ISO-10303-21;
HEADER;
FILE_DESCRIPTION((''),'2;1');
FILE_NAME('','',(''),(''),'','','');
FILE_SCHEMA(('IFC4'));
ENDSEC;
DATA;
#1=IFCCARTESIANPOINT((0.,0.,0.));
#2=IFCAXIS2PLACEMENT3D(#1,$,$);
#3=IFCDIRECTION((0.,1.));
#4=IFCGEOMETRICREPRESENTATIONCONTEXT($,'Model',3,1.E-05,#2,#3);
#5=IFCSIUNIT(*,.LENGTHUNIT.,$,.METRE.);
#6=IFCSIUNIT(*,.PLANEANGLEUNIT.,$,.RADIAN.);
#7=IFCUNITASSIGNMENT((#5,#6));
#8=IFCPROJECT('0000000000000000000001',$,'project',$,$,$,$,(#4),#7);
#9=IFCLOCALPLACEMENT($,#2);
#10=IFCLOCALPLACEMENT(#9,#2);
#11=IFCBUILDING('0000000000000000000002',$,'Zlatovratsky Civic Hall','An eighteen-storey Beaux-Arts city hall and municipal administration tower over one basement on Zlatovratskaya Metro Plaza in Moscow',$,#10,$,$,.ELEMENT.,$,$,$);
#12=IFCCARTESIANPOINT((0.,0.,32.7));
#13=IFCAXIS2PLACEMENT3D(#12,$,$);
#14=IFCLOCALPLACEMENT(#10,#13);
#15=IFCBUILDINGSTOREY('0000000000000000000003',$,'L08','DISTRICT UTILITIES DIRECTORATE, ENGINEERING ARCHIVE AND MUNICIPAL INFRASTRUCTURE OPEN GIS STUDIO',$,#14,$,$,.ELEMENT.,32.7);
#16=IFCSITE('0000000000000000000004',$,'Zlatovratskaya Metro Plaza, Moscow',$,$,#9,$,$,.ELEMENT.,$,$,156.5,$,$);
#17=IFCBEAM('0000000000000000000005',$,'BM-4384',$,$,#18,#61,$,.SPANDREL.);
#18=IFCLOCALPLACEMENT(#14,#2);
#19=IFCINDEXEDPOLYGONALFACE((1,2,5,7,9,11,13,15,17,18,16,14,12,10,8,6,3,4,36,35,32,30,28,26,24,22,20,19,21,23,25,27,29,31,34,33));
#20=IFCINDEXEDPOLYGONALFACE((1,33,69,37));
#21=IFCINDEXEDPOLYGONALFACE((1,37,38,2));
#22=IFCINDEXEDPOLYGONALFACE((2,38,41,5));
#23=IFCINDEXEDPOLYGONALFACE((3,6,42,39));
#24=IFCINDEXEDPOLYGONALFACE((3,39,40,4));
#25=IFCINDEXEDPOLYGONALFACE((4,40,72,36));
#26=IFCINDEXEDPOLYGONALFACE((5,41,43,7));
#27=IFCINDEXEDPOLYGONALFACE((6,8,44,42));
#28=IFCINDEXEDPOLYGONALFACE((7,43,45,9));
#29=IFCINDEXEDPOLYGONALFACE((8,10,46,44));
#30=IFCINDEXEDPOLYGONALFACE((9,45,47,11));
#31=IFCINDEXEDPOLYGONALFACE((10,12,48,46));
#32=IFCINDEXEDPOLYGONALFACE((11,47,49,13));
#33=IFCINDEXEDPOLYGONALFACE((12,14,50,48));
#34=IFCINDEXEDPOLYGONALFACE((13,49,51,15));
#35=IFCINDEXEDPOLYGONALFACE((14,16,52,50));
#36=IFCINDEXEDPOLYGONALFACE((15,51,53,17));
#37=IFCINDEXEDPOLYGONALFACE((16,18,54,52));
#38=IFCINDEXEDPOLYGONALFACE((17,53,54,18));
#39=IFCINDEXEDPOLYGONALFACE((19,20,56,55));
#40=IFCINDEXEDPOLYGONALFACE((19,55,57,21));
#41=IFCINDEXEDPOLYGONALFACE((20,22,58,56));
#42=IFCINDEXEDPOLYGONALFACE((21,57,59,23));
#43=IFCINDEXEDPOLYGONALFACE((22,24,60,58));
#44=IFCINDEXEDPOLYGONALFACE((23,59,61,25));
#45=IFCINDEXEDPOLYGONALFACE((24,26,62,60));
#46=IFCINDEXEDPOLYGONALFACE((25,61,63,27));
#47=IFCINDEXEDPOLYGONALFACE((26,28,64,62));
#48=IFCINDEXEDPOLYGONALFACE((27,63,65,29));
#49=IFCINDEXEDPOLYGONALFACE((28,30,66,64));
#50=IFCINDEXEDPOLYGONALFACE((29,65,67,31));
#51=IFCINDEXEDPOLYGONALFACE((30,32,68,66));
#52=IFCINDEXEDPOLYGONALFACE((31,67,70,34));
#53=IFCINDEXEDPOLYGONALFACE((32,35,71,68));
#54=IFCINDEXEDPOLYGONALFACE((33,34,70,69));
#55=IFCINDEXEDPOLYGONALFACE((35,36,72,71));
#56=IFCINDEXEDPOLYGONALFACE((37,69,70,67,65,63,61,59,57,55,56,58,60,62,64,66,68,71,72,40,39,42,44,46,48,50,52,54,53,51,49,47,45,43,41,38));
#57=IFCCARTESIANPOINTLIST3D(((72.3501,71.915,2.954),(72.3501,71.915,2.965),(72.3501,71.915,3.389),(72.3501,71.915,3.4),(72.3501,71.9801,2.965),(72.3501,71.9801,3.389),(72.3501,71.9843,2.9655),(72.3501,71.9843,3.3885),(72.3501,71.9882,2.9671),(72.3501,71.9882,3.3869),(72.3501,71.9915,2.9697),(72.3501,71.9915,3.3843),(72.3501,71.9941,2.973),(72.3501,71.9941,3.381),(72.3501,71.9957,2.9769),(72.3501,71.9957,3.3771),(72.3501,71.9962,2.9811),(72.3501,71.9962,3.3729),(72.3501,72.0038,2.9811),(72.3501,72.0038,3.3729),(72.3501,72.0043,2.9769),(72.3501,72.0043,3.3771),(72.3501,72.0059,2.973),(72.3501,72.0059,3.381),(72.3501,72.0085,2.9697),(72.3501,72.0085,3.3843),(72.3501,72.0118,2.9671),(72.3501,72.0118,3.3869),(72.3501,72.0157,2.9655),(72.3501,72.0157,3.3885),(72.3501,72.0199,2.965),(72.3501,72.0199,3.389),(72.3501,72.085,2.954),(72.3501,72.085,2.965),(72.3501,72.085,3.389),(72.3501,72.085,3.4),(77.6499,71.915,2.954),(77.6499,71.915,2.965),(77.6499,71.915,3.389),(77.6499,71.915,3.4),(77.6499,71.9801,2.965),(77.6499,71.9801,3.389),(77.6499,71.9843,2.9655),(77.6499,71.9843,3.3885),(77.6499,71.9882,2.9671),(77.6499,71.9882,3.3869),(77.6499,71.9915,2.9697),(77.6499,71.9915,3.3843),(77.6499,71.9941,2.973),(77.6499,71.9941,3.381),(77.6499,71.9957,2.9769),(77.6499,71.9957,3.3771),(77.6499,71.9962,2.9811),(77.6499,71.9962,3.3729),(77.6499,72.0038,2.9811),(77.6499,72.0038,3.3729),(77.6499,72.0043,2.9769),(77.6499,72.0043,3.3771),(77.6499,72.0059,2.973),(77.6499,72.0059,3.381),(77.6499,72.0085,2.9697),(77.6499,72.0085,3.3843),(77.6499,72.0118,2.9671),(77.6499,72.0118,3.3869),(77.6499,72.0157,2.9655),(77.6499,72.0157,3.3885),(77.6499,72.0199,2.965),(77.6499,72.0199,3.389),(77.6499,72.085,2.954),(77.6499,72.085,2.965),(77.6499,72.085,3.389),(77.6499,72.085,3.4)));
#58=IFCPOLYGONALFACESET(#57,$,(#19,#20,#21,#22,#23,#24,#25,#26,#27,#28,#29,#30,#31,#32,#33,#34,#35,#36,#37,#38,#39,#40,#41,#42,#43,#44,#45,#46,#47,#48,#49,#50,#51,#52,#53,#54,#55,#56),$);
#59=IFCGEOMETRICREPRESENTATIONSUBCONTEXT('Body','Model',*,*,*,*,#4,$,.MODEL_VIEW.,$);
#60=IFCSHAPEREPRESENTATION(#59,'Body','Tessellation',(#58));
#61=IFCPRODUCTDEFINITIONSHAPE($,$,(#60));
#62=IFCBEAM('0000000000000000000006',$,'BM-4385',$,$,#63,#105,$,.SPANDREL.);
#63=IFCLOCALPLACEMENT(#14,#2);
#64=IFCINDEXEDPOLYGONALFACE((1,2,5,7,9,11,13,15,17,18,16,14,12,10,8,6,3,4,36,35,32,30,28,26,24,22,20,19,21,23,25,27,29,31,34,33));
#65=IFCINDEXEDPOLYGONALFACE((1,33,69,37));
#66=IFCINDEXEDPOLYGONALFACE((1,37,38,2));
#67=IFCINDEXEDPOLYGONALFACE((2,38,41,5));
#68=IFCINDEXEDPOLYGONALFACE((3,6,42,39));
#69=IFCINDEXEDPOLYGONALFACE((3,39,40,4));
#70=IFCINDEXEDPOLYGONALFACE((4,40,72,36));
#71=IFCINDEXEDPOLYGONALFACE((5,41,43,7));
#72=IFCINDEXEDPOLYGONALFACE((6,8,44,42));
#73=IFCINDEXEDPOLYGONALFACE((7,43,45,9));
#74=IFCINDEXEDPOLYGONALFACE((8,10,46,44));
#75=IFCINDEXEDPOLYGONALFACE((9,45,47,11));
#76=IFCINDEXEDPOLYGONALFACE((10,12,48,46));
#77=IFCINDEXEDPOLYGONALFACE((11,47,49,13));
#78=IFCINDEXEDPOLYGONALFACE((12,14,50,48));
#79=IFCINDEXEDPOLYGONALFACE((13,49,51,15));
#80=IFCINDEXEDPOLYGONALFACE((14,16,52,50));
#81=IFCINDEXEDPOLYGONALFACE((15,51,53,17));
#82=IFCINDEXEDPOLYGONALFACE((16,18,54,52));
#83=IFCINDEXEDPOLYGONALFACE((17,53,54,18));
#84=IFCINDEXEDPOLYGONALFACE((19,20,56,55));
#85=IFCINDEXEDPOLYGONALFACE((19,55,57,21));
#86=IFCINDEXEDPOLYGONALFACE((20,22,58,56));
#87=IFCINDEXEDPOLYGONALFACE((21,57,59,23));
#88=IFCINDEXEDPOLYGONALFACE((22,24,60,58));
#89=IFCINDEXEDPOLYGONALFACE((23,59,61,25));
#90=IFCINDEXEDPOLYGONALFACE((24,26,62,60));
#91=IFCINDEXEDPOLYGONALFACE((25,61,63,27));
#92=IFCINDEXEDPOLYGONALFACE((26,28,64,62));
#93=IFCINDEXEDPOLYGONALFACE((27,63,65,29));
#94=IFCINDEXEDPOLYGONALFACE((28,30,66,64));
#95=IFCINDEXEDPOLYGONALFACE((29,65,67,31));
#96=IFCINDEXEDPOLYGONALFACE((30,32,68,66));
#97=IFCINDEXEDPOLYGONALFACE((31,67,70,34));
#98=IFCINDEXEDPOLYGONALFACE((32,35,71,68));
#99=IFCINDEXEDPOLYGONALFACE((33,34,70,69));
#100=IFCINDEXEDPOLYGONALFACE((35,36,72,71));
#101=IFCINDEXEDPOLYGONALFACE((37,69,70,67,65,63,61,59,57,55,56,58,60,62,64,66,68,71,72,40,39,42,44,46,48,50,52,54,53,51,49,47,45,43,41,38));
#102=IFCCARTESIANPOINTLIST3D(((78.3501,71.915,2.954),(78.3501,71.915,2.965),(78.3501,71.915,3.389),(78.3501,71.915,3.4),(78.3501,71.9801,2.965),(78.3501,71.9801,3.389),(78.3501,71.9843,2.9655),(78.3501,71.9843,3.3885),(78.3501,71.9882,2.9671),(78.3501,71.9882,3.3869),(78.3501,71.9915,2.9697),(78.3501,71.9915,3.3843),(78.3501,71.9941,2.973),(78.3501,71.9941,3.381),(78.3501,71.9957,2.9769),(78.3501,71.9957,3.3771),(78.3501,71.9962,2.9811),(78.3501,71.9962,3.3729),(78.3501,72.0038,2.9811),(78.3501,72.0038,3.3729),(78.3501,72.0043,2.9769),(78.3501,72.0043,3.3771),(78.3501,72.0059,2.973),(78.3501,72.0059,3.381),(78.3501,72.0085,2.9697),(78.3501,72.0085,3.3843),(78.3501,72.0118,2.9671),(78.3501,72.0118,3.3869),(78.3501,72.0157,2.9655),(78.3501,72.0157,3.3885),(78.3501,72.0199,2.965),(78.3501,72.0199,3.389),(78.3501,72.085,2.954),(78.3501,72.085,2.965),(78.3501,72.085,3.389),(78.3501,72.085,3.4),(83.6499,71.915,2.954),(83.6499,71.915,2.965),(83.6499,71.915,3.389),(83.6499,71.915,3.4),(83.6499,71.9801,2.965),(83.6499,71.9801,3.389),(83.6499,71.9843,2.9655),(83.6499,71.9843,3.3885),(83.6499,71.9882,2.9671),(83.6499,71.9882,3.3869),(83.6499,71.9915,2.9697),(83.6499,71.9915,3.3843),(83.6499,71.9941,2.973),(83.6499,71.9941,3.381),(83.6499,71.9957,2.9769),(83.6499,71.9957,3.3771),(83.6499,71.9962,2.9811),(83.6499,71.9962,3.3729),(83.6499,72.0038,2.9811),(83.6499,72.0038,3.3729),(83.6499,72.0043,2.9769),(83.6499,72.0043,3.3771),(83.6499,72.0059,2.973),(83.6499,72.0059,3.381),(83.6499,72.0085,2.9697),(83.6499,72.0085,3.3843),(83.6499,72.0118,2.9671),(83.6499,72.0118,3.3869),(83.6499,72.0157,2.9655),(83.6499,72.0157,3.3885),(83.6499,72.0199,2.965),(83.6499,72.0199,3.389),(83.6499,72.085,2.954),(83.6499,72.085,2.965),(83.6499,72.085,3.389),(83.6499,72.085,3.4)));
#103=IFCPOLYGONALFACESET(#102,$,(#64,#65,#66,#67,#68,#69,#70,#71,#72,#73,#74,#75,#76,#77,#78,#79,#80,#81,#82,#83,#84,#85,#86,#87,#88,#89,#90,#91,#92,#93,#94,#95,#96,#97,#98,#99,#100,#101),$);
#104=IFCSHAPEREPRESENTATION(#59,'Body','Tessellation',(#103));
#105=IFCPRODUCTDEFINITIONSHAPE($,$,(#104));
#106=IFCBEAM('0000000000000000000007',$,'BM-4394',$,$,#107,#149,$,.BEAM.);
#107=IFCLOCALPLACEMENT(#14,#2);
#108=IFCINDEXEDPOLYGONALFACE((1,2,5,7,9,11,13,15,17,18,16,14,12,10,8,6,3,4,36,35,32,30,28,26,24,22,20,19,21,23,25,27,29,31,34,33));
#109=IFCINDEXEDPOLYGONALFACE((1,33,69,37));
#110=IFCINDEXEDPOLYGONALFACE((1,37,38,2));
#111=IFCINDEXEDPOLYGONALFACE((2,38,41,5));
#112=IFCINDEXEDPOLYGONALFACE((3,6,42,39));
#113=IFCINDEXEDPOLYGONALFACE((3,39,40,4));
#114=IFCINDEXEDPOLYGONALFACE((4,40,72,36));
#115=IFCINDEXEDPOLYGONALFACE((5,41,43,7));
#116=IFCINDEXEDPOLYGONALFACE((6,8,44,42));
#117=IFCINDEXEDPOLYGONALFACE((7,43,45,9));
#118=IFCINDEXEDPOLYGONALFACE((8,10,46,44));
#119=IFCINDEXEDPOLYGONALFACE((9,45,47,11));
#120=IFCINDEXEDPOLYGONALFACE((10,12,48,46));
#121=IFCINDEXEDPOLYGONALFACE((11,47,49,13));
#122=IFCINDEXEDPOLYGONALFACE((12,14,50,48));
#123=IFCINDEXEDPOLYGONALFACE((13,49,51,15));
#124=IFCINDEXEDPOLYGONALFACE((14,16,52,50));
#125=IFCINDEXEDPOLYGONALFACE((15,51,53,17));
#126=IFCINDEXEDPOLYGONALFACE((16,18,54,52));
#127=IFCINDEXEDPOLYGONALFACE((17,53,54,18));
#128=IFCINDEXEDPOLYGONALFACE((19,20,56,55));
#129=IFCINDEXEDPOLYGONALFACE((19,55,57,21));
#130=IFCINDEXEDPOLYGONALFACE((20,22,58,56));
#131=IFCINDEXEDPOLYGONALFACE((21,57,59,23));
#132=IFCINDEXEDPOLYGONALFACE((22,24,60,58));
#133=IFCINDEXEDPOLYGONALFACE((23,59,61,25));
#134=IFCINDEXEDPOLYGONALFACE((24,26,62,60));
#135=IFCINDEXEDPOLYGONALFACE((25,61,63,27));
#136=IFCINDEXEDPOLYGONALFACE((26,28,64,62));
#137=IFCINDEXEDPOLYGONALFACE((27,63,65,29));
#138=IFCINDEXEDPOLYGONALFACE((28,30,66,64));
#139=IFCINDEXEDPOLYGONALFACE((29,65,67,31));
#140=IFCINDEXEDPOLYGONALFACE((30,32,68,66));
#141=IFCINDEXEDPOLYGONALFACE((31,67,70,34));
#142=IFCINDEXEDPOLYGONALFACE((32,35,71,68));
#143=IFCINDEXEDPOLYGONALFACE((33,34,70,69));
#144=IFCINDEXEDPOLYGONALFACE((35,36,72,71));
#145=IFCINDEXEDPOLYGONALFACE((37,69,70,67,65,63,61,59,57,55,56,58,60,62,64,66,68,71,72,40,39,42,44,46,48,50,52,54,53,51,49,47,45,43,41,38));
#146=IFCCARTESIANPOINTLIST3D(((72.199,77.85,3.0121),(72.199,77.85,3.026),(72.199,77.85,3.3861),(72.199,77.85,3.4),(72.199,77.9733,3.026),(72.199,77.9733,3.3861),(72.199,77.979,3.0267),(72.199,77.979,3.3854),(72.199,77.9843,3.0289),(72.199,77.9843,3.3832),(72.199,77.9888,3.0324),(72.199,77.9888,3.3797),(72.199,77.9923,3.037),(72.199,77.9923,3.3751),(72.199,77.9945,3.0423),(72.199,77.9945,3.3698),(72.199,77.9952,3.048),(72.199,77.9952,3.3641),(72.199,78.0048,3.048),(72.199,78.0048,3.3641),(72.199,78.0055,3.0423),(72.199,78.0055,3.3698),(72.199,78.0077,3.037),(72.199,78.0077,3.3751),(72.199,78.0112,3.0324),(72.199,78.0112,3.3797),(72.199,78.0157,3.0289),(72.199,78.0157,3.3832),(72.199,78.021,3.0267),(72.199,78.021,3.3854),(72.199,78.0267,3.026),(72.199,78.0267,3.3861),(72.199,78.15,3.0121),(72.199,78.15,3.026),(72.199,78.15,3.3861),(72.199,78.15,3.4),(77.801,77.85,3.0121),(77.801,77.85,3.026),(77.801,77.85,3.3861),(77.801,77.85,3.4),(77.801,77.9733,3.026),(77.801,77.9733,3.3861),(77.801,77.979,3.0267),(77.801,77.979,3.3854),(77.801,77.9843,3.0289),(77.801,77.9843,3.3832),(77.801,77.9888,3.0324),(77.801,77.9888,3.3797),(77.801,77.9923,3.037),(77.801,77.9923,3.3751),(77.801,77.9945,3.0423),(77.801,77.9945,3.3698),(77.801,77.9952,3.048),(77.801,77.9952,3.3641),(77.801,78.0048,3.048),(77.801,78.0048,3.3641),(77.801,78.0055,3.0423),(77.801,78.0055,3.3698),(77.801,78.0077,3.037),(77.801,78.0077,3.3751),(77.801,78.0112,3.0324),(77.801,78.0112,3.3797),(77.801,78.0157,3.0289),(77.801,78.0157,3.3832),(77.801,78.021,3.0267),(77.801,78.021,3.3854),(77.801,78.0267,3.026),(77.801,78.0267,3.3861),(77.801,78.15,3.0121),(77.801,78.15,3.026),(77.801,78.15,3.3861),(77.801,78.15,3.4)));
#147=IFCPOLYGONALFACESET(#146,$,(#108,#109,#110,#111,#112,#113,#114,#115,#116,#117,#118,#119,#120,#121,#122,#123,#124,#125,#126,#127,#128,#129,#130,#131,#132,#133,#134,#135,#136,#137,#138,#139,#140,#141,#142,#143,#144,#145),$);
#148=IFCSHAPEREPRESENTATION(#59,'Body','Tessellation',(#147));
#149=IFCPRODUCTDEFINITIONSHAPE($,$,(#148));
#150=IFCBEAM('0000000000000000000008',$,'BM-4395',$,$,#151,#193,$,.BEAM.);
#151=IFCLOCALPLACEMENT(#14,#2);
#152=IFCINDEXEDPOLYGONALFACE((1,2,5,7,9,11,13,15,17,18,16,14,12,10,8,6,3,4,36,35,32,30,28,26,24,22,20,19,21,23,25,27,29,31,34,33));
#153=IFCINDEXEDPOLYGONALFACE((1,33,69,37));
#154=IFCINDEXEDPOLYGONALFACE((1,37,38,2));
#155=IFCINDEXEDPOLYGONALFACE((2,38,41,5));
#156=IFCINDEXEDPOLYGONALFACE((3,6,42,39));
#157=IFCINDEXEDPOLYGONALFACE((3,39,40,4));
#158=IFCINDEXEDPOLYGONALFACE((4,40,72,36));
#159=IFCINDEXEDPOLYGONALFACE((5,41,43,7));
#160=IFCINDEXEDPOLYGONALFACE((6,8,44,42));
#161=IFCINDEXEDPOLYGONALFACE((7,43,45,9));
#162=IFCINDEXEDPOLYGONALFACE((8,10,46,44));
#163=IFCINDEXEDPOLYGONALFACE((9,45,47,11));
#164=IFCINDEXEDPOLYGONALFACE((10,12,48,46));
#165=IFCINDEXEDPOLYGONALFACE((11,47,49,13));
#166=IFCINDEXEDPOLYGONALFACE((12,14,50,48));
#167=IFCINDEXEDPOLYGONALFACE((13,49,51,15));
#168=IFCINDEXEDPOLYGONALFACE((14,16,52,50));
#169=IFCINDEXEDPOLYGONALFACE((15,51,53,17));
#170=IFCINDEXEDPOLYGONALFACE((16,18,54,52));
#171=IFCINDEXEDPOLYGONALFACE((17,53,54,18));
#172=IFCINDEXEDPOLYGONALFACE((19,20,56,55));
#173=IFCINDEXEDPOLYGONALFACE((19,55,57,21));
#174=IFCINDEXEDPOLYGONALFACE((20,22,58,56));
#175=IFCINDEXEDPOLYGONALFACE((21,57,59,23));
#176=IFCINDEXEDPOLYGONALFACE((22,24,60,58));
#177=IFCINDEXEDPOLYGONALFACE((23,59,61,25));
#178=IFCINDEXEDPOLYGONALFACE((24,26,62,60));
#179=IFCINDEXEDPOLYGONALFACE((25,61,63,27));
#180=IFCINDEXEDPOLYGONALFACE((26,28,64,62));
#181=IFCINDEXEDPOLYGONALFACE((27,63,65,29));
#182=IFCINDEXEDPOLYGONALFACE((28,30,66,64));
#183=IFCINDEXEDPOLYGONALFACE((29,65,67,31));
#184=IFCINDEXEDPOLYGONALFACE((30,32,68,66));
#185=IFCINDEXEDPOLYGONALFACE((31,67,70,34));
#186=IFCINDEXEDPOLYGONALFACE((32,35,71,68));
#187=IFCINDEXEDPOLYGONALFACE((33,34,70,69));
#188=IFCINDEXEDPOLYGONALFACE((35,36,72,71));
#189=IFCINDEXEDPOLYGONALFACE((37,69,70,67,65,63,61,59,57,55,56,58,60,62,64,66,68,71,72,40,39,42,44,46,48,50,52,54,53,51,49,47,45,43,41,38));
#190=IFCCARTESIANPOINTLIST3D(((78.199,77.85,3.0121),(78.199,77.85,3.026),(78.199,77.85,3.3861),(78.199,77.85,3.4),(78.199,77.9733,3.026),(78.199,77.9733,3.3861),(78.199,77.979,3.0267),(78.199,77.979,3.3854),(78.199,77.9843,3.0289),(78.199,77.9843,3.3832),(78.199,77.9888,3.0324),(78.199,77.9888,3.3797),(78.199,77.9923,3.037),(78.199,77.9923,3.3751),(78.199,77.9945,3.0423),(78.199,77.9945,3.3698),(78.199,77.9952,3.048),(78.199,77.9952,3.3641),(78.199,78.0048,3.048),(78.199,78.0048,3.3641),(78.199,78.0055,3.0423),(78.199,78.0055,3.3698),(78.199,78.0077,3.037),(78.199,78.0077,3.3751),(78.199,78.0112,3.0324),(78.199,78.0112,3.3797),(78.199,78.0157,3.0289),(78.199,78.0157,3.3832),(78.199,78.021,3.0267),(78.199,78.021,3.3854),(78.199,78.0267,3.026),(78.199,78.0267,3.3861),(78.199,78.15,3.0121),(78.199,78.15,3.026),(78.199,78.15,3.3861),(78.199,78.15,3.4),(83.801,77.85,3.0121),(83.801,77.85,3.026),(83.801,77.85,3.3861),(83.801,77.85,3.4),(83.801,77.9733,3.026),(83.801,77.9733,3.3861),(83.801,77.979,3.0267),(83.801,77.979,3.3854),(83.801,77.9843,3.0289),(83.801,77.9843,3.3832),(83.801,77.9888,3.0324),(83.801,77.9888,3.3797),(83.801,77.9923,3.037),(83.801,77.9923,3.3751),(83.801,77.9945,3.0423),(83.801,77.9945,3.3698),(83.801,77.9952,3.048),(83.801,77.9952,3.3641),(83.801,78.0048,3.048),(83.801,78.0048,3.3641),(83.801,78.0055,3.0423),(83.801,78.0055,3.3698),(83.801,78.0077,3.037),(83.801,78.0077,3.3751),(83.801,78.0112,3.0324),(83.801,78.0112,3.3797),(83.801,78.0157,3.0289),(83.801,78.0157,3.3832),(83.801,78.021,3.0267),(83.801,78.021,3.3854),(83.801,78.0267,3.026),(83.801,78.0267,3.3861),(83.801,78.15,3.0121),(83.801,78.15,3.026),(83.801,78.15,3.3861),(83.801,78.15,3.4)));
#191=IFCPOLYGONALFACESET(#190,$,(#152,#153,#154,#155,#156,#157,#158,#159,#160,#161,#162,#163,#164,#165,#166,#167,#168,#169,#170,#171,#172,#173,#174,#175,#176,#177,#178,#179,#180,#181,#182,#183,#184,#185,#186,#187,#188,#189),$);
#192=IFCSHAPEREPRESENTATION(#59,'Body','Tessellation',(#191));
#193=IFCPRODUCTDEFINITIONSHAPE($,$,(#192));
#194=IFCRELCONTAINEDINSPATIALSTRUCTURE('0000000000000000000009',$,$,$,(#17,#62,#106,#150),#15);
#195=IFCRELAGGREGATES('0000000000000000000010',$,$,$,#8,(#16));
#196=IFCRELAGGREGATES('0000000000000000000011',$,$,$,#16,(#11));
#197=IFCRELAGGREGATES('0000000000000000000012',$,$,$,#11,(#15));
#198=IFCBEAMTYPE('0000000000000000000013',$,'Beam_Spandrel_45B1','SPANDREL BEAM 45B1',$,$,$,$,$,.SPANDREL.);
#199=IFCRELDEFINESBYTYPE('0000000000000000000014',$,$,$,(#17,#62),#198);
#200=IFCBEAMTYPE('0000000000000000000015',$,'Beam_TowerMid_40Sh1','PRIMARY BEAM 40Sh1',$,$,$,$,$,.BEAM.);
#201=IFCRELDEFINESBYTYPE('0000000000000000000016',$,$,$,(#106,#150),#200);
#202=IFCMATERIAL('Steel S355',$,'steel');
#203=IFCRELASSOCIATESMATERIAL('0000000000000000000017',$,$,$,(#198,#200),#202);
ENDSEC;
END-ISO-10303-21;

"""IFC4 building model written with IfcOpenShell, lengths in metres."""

from ifc_helpers import new_model, si_unit, direction, frame, origin, origin_2d, place, context, subcontext, project, spatial, i_section, extrude, material, material_profile, profile_set, type_object, element, save


model = new_model("IFC4")

# Units and contexts
model_context = context("Model", 3, precision=1e-05, world=origin(), true_north=direction((0.0, 1.0)))
body_context = subcontext(model_context, "Body", "Model", "MODEL_VIEW")
ifc_project = project(units=[si_unit("LENGTHUNIT", "METRE"), si_unit("PLANEANGLEUNIT", "RADIAN")], contexts=[model_context])

# Site, building, storey
site_placement = place(None, origin())
site = spatial("IfcSite", under=ifc_project, at=site_placement, Name="Zlatovratskaya Metro Plaza, Moscow", CompositionType="ELEMENT", RefElevation=156.5)
building_placement = place(site_placement, origin())
building = spatial("IfcBuilding", under=site, at=building_placement, Name="Zlatovratsky Civic Hall", Description="An eighteen-storey Beaux-Arts city hall and municipal administration tower over one basement on Zlatovratskaya Metro Plaza in Moscow", CompositionType="ELEMENT")
storey_placement = place(building_placement, frame((0.0, 0.0, 32.7)))
storey = spatial("IfcBuildingStorey", under=building, at=storey_placement, Name="L08", Description="DISTRICT UTILITIES DIRECTORATE, ENGINEERING ARCHIVE AND MUNICIPAL INFRASTRUCTURE OPEN GIS STUDIO", CompositionType="ELEMENT", Elevation=32.7)

# Shared definitions
ifc_material_1 = material(Name="Steel S355", Category="steel")

# Beams
ifc_material_profile_1 = material_profile(ifc_material_1, i_section(OverallWidth=0.1699, OverallDepth=0.446, WebThickness=0.0076, FlangeThickness=0.011, FilletRadius=0.0161, at=origin_2d()), Name="45B1")
ifc_profile_set_1 = profile_set([ifc_material_profile_1], Name="Steel S355")
beam_type_1 = type_object("IfcBeamType", Name="Beam_Spandrel_45B1", Description="SPANDREL BEAM 45B1", PredefinedType="SPANDREL", material=ifc_profile_set_1)
for number, where, z_axis, x_axis, name in (
    (1, (72.3501, 72.0, 3.177), (1.0, 0.0, 0.0), (0.0, 1.0, 0.0), "BM-4384"),
    (2, (78.3501, 72.0, 3.177), (1.0, 0.0, 0.0), (0.0, 1.0, 0.0), "BM-4385"),
):
    element("IfcBeam", number, at=place(storey_placement, frame(where, z_axis=z_axis, x_axis=x_axis)), inside=storey, type_object=beam_type_1, Name=name, PredefinedType="SPANDREL", context=body_context, shape_type="SweptSolid", body=[
        extrude(i_section(OverallWidth=0.1699, OverallDepth=0.446, WebThickness=0.0076, FlangeThickness=0.011, FilletRadius=0.0161, at=origin_2d()), origin(), (0.0, 0.0, 1.0), 5.2998),
    ])
ifc_material_profile_2 = material_profile(ifc_material_1, i_section(OverallWidth=0.3, OverallDepth=0.3879, WebThickness=0.0095, FlangeThickness=0.0139, FilletRadius=0.022, at=origin_2d()), Name="40Sh1")
ifc_profile_set_2 = profile_set([ifc_material_profile_2], Name="Steel S355")
beam_type_2 = type_object("IfcBeamType", Name="Beam_TowerMid_40Sh1", Description="PRIMARY BEAM 40Sh1", PredefinedType="BEAM", material=ifc_profile_set_2)
for number, where, z_axis, x_axis, name in (
    (3, (72.199, 78.0, 3.2061), (1.0, 0.0, 0.0), (0.0, 1.0, 0.0), "BM-4394"),
    (4, (78.199, 78.0, 3.2061), (1.0, 0.0, 0.0), (0.0, 1.0, 0.0), "BM-4395"),
):
    element("IfcBeam", number, at=place(storey_placement, frame(where, z_axis=z_axis, x_axis=x_axis)), inside=storey, type_object=beam_type_2, Name=name, PredefinedType="BEAM", context=body_context, shape_type="SweptSolid", body=[
        extrude(i_section(OverallWidth=0.3, OverallDepth=0.3879, WebThickness=0.0095, FlangeThickness=0.0139, FilletRadius=0.022, at=origin_2d()), origin(), (0.0, 0.0, 1.0), 5.6021),
    ])

save(model, "model.ifc")
